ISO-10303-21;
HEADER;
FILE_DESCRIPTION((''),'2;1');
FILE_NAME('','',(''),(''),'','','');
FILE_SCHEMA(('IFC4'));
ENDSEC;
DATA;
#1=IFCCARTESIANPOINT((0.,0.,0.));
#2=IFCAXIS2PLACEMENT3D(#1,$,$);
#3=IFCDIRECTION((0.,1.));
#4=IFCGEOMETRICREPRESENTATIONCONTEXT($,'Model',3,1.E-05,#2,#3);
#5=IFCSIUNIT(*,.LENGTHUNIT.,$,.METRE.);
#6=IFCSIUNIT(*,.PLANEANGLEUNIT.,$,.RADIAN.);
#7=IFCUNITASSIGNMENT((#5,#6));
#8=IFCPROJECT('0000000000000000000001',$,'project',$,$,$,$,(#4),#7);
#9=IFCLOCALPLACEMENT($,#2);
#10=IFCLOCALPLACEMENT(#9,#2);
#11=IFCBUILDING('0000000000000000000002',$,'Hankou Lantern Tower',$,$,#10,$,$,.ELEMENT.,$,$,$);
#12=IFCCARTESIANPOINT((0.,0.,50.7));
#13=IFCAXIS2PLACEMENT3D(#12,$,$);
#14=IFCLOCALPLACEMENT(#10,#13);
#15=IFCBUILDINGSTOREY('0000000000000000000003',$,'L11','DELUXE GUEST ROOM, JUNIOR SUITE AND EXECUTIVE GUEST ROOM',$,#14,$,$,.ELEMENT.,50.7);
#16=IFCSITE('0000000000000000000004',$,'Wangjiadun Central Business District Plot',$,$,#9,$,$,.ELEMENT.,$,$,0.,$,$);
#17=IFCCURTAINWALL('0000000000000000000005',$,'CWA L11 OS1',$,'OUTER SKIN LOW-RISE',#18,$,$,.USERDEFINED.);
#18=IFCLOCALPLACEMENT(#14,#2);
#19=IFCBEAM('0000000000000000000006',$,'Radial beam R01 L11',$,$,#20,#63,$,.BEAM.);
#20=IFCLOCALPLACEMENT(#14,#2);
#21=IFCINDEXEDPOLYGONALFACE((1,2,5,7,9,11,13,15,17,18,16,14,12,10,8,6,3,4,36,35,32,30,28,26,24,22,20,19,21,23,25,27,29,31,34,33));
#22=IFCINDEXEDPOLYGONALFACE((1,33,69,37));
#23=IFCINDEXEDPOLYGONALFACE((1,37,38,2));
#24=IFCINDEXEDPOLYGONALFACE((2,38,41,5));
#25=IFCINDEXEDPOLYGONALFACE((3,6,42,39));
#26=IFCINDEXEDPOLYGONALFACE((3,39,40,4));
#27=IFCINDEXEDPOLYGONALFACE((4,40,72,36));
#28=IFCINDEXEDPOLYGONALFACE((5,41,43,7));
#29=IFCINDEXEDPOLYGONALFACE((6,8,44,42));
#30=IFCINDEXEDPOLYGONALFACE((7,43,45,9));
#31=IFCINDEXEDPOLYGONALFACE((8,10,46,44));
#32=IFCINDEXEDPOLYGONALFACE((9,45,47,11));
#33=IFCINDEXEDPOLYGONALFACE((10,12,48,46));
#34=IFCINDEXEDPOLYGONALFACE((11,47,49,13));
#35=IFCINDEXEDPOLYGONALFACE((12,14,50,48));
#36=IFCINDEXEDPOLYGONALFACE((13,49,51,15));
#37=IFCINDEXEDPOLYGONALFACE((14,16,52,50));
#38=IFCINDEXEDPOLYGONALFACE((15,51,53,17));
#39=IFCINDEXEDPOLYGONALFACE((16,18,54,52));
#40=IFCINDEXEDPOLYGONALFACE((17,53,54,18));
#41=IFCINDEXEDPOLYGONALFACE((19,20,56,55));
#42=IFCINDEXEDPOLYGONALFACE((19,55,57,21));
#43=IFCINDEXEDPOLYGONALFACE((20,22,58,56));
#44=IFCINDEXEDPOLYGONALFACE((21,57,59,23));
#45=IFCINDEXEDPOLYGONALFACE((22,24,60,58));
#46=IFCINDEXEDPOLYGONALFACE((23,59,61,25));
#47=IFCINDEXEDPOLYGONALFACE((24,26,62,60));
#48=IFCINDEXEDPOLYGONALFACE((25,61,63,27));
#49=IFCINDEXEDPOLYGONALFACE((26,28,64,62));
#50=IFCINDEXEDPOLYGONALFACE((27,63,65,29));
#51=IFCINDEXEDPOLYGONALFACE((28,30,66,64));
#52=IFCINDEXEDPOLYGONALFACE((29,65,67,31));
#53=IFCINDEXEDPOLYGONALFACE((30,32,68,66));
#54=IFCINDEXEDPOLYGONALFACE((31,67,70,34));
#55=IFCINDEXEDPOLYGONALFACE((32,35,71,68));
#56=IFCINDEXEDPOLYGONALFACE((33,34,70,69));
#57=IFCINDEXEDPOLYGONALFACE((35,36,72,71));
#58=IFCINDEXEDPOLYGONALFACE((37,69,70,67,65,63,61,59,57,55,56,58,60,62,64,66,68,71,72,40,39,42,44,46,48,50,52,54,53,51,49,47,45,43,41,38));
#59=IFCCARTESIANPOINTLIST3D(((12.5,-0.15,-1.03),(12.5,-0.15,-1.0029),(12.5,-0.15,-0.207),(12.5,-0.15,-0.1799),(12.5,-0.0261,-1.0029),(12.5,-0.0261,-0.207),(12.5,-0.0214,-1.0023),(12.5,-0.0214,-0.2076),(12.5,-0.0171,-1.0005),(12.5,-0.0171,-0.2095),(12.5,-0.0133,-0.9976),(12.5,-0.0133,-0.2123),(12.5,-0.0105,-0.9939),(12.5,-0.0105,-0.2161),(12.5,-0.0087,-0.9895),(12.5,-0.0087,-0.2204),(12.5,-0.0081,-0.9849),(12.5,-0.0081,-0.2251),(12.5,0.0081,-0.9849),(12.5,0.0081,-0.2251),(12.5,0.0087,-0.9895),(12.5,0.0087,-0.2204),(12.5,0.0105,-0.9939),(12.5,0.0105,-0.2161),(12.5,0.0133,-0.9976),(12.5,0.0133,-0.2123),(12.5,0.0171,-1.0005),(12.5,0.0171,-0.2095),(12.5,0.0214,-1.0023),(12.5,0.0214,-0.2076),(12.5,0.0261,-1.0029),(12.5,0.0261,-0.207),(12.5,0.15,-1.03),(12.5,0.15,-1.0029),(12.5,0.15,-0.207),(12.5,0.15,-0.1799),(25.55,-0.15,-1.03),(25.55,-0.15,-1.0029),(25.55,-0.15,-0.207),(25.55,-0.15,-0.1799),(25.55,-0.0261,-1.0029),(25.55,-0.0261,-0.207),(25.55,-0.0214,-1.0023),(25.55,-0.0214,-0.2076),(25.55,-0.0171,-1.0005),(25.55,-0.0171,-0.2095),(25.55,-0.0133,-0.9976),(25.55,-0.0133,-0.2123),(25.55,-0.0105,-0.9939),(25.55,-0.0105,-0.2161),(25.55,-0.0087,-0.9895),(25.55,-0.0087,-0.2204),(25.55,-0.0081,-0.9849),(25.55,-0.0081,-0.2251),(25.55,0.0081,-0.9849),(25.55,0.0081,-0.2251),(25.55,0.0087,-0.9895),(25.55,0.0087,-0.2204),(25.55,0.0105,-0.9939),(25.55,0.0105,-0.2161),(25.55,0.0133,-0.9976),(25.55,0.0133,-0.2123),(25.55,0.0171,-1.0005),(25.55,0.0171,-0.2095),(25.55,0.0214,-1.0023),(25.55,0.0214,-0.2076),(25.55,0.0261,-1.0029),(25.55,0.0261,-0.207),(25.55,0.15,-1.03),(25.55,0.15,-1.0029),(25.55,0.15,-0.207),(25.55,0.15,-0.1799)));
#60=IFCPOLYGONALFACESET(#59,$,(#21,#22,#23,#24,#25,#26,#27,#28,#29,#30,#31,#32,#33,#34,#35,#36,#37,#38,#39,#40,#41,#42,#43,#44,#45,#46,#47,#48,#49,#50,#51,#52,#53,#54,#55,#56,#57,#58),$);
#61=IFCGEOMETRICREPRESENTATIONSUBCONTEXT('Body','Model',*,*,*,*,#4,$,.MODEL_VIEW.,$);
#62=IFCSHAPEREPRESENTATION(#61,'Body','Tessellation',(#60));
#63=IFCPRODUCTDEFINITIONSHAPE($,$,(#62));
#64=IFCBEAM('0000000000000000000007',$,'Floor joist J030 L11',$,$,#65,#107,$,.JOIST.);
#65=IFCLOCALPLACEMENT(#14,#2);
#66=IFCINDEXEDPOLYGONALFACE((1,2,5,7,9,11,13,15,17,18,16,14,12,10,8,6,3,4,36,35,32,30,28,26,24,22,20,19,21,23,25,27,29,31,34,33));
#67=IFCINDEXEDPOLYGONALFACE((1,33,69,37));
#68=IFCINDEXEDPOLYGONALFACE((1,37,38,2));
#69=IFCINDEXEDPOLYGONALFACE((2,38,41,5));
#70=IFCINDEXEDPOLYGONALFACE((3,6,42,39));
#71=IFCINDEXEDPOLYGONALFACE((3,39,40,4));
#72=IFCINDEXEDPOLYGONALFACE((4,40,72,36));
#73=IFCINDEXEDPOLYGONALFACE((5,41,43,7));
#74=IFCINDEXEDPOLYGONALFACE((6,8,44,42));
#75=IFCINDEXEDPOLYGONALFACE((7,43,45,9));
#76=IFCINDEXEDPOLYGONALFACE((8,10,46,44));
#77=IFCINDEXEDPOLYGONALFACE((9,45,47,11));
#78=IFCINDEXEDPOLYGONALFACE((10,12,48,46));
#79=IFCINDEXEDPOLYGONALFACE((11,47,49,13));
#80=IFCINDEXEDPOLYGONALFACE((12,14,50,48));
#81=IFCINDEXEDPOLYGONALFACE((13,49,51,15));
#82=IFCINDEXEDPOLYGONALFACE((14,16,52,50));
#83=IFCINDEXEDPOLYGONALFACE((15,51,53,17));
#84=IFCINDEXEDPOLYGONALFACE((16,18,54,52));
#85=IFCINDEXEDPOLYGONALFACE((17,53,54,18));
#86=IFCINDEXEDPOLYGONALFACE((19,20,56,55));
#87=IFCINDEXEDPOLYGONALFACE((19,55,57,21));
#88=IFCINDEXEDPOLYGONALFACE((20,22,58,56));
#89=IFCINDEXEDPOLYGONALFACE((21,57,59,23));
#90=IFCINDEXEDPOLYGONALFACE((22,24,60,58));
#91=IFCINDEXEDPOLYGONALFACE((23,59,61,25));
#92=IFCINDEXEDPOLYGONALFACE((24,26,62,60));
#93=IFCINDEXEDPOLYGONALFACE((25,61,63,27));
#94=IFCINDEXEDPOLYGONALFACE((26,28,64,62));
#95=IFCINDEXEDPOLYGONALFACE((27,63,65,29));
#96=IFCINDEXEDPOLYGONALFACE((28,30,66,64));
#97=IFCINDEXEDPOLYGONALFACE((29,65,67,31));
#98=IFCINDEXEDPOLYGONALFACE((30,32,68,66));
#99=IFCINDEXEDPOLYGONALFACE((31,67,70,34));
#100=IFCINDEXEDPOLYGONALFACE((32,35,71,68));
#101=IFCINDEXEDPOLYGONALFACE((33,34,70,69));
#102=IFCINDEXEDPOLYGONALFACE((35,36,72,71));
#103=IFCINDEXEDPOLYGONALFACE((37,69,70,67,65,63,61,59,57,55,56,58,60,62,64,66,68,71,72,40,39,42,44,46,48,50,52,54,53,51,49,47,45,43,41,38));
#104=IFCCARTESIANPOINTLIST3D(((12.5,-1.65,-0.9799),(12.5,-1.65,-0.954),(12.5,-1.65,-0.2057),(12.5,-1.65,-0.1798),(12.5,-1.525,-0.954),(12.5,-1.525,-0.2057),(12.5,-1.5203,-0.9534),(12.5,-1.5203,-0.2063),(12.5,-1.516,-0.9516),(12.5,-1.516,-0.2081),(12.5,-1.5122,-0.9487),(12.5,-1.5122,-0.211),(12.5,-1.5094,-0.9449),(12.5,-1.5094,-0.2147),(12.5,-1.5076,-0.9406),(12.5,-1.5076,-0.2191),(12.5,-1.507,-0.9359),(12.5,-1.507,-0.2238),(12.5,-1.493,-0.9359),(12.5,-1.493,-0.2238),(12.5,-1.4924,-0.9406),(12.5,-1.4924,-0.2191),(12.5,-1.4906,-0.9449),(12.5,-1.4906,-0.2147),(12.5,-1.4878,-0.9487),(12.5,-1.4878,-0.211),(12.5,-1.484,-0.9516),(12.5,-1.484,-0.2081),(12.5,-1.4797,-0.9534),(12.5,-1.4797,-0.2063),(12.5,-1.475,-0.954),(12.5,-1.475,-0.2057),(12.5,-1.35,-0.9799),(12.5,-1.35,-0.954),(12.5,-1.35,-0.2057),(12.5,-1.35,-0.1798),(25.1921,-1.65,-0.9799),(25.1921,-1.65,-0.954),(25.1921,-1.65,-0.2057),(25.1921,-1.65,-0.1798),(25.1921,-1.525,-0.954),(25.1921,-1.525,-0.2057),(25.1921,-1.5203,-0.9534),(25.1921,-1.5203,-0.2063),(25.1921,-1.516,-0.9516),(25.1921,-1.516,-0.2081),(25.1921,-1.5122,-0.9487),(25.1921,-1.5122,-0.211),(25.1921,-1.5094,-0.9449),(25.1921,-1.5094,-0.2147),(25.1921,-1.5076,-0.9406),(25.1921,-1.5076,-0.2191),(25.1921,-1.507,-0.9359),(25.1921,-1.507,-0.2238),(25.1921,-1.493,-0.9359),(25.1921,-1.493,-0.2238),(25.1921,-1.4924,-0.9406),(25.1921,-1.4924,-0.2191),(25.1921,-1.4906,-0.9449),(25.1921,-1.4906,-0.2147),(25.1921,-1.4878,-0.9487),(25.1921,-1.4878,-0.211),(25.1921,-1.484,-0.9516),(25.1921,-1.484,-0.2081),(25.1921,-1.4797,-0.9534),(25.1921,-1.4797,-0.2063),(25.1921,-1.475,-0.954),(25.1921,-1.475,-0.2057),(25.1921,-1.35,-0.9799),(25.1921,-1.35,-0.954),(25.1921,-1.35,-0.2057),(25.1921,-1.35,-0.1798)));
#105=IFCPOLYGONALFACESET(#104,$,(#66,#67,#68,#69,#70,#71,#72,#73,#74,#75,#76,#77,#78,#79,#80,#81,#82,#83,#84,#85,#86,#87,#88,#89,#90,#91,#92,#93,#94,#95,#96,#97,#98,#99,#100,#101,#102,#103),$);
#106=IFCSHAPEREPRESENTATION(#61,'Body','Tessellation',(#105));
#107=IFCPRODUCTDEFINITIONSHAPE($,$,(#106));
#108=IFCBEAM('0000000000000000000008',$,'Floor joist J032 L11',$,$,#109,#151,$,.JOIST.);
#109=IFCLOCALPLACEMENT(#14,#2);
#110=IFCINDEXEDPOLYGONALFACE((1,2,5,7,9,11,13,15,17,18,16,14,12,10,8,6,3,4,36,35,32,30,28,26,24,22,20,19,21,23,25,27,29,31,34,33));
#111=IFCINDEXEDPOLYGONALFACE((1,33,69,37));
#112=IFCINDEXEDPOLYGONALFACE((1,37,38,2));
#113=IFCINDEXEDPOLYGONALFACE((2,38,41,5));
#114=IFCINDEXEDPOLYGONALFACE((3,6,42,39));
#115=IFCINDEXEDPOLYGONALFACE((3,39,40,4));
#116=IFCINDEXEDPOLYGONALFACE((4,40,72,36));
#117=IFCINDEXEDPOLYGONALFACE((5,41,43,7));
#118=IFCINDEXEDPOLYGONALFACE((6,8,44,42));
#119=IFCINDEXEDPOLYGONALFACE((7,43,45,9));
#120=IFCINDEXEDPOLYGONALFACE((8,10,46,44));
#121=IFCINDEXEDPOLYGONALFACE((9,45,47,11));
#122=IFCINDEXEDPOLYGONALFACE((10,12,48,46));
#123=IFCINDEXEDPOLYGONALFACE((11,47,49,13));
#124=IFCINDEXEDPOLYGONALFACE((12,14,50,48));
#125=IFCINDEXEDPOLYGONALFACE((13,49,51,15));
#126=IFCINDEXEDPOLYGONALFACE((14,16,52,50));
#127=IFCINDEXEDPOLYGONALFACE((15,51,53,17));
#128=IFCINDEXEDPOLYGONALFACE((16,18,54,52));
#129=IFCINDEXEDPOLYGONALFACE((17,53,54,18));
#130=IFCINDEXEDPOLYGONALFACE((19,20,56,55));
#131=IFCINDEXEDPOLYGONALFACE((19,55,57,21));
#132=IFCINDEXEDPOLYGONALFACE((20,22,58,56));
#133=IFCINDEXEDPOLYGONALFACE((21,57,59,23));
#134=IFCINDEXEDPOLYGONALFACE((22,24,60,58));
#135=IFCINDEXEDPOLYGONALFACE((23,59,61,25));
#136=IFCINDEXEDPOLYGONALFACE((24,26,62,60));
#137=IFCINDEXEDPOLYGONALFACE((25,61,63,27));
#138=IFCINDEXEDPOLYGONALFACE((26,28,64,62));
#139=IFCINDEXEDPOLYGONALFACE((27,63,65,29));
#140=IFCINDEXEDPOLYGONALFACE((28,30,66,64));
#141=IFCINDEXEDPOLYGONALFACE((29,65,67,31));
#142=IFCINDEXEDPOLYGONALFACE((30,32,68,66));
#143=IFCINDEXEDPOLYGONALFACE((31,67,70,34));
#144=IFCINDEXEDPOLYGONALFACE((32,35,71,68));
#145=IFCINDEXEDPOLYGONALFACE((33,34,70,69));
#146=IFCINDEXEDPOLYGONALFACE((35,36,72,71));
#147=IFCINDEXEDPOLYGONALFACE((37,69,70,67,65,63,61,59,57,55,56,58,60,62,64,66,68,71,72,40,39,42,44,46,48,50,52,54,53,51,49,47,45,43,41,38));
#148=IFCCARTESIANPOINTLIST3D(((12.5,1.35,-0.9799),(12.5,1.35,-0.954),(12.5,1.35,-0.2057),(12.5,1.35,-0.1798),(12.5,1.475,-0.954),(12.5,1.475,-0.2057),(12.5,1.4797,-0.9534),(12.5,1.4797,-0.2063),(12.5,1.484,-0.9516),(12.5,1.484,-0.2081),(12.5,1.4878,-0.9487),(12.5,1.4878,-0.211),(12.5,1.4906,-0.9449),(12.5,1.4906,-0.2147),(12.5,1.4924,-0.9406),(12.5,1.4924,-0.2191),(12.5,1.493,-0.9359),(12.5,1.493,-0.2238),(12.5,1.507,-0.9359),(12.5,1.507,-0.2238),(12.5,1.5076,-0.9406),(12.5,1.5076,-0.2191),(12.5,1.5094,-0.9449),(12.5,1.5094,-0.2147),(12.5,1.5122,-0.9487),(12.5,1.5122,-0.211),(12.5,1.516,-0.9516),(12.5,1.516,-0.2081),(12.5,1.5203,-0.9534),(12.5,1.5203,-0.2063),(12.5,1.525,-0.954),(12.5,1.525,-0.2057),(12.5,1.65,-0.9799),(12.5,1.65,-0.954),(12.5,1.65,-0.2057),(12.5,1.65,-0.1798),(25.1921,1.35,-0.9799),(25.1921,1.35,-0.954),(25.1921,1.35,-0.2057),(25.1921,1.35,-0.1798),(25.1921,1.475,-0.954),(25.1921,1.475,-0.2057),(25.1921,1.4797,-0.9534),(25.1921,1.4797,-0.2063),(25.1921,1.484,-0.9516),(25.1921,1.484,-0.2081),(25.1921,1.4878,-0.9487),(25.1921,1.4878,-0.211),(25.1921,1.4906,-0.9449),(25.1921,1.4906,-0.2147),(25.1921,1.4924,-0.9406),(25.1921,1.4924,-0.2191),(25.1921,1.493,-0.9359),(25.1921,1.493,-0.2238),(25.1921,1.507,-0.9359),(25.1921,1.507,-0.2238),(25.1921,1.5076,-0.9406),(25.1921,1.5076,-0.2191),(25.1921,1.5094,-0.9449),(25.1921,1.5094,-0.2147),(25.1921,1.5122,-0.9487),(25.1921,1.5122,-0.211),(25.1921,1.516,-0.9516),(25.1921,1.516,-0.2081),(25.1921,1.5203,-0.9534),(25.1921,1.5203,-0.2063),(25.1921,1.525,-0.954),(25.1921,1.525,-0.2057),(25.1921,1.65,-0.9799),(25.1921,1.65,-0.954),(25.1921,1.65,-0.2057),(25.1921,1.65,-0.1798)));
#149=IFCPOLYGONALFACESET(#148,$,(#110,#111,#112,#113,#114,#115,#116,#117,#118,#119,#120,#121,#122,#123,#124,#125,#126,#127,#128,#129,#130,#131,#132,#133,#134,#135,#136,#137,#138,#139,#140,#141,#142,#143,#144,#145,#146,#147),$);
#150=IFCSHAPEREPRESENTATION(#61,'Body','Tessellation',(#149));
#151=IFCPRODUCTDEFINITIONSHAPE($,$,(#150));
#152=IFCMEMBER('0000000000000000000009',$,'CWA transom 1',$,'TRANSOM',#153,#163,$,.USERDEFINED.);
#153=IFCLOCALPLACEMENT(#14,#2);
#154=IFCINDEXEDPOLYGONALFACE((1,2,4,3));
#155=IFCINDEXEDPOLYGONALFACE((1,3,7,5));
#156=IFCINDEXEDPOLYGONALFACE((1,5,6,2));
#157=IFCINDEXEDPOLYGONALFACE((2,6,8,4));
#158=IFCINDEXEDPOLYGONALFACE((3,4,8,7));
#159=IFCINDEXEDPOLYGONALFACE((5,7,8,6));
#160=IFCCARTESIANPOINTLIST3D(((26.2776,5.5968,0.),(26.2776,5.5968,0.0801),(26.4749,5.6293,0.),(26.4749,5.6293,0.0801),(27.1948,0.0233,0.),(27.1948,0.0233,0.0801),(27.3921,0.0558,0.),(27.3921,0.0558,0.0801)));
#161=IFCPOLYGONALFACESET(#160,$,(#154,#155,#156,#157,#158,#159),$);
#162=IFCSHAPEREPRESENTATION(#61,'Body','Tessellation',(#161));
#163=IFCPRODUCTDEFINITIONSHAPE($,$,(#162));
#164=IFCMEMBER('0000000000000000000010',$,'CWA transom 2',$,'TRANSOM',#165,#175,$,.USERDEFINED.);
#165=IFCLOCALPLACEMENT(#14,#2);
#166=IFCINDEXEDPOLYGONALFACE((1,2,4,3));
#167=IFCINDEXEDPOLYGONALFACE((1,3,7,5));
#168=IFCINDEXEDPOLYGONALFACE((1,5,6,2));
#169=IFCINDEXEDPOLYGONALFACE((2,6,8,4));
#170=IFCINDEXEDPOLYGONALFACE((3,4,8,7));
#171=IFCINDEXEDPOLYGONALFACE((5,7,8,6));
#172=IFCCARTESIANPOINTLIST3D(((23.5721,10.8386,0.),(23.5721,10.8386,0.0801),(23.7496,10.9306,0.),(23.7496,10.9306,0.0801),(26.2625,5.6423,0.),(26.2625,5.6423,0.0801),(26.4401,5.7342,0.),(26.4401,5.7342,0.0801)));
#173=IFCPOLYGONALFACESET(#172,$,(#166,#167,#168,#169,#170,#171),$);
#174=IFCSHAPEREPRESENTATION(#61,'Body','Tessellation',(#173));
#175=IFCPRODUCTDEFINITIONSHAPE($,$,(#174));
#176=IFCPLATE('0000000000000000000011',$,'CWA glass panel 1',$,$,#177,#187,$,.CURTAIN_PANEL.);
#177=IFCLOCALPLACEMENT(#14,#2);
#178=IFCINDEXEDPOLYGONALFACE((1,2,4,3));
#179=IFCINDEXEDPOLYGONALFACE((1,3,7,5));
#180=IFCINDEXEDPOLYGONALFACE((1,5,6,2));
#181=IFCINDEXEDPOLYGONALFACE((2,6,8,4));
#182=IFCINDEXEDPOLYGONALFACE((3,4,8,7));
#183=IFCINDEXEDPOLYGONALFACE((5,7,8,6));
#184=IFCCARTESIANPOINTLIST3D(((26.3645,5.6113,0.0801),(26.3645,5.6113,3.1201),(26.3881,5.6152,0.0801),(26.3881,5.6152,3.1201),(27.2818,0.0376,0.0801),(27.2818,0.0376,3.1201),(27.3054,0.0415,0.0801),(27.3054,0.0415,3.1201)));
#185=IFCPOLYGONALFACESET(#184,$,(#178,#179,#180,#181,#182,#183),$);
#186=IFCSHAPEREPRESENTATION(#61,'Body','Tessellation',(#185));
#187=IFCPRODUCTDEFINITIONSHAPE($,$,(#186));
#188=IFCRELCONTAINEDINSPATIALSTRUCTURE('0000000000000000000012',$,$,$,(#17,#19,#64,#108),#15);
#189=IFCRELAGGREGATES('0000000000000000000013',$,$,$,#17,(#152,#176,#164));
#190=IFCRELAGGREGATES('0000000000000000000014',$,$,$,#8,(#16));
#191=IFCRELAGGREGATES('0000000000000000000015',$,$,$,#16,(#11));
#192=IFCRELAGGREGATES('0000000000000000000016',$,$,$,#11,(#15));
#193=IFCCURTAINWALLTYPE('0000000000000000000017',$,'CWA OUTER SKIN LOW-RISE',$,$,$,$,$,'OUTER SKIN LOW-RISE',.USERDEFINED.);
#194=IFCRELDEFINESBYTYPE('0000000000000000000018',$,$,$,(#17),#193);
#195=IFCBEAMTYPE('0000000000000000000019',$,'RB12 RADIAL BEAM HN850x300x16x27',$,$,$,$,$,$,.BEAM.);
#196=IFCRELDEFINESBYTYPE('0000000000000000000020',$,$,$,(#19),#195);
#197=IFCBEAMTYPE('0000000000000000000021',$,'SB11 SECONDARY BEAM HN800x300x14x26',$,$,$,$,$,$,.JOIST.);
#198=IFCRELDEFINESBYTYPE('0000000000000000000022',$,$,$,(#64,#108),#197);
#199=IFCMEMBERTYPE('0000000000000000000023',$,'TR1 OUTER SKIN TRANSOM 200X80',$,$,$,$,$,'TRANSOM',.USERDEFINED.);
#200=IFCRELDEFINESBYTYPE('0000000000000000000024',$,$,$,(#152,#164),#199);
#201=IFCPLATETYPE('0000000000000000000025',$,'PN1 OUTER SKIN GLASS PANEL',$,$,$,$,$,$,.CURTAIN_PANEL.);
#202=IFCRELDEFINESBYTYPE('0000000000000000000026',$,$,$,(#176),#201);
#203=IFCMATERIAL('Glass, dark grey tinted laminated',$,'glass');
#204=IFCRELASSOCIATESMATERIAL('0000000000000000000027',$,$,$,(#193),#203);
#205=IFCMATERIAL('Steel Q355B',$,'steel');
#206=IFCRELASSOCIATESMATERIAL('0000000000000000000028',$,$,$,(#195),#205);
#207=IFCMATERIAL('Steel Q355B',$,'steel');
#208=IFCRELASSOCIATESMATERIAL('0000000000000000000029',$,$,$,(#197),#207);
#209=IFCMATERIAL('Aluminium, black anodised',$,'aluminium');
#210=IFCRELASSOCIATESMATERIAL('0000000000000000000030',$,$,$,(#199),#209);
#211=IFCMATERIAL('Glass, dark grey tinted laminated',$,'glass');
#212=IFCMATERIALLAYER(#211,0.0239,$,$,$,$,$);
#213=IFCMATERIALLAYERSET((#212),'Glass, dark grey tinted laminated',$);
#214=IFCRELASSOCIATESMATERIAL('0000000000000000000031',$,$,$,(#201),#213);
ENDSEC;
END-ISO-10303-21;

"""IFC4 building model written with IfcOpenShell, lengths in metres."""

from ifc_helpers import new_model, si_unit, direction, frame, origin, origin_2d, place, context, subcontext, project, spatial, rectangle, i_section, extrude, material, layer, layer_set, material_profile, profile_set, type_object, element, aggregate, save


model = new_model("IFC4")

# Units and contexts
model_context = context("Model", 3, precision=1e-05, world=origin(), true_north=direction((0.0, 1.0)))
body_context = subcontext(model_context, "Body", "Model", "MODEL_VIEW")
ifc_project = project(units=[si_unit("LENGTHUNIT", "METRE"), si_unit("PLANEANGLEUNIT", "RADIAN")], contexts=[model_context])

# Site, building, storey
site_placement = place(None, origin())
site = spatial("IfcSite", under=ifc_project, at=site_placement, Name="Wangjiadun Central Business District Plot", CompositionType="ELEMENT", RefElevation=0.0)
building_placement = place(site_placement, origin())
building = spatial("IfcBuilding", under=site, at=building_placement, Name="Hankou Lantern Tower", CompositionType="ELEMENT")
storey_placement = place(building_placement, frame((0.0, 0.0, 50.7)))
storey = spatial("IfcBuildingStorey", under=building, at=storey_placement, Name="L11", Description="DELUXE GUEST ROOM, JUNIOR SUITE AND EXECUTIVE GUEST ROOM", CompositionType="ELEMENT", Elevation=50.7)

# Curtain wall
ifc_material_1 = material(Name="Glass, dark grey tinted laminated", Category="glass")
curtain_wall_type = type_object("IfcCurtainWallType", Name="CWA OUTER SKIN LOW-RISE", ElementType="OUTER SKIN LOW-RISE", PredefinedType="USERDEFINED", material=ifc_material_1)
curtain_wall_1_placement = place(storey_placement, origin())
curtain_wall_1 = element("IfcCurtainWall", 1, at=curtain_wall_1_placement, inside=storey, type_object=curtain_wall_type, Name="CWA L11 OS1", ObjectType="OUTER SKIN LOW-RISE", PredefinedType="USERDEFINED")

# Beams
ifc_material_2 = material(Name="Steel Q355B", Category="steel")
ifc_material_profile_1 = material_profile(ifc_material_2, i_section(OverallWidth=0.3, OverallDepth=0.8501, WebThickness=0.0161, FlangeThickness=0.0271, FilletRadius=0.0181, at=origin_2d()), Name="HN850x300x16x27")
ifc_profile_set_1 = profile_set([ifc_material_profile_1], Name="Steel Q355B")
beam_type_1 = type_object("IfcBeamType", Name="RB12 RADIAL BEAM HN850x300x16x27", PredefinedType="BEAM", material=ifc_profile_set_1)
beam_1_placement = place(storey_placement, frame((12.5, 0.0, -0.605), z_axis=(1.0, 0.0, 0.0), x_axis=(0.0, 1.0, 0.0)))
element("IfcBeam", 2, at=beam_1_placement, inside=storey, type_object=beam_type_1, Name="Radial beam R01 L11", PredefinedType="BEAM", context=body_context, shape_type="SweptSolid", body=[
    extrude(i_section(OverallWidth=0.3, OverallDepth=0.8501, WebThickness=0.0161, FlangeThickness=0.0271, FilletRadius=0.0181, at=origin_2d()), origin(), (0.0, 0.0, 1.0), 13.05),
])
ifc_material_3 = material(Name="Steel Q355B", Category="steel")
ifc_material_profile_2 = material_profile(ifc_material_3, i_section(OverallWidth=0.3, OverallDepth=0.8, WebThickness=0.0139, FlangeThickness=0.0259, FilletRadius=0.0181, at=origin_2d()), Name="HN800x300x14x26")
ifc_profile_set_2 = profile_set([ifc_material_profile_2], Name="Steel Q355B")
beam_type_2 = type_object("IfcBeamType", Name="SB11 SECONDARY BEAM HN800x300x14x26", PredefinedType="JOIST", material=ifc_profile_set_2)
for number, where, z_axis, x_axis, name in (
    (3, (12.5, -1.5, -0.5798), (1.0, 0.0, 0.0), (0.0, 1.0, 0.0), "Floor joist J030 L11"),
    (4, (12.5, 1.5, -0.5798), (1.0, 0.0, 0.0), (0.0, 1.0, 0.0), "Floor joist J032 L11"),
):
    element("IfcBeam", number, at=place(storey_placement, frame(where, z_axis=z_axis, x_axis=x_axis)), inside=storey, type_object=beam_type_2, Name=name, PredefinedType="JOIST", context=body_context, shape_type="SweptSolid", body=[
        extrude(i_section(OverallWidth=0.3, OverallDepth=0.8, WebThickness=0.0139, FlangeThickness=0.0259, FilletRadius=0.0181, at=origin_2d()), origin(), (0.0, 0.0, 1.0), 12.6921),
    ])

# Members
ifc_material_4 = material(Name="Aluminium, black anodised", Category="aluminium")
ifc_material_profile_3 = material_profile(ifc_material_4, rectangle(XDim=0.2, YDim=0.0801, at=origin_2d()), Name="TR1 200X80")
ifc_profile_set_3 = profile_set([ifc_material_profile_3], Name="Aluminium, black anodised")
member_type_1 = type_object("IfcMemberType", Name="TR1 OUTER SKIN TRANSOM 200X80", ElementType="TRANSOM", PredefinedType="USERDEFINED", material=ifc_profile_set_3)
member_1_placement = place(storey_placement, frame((27.2935, 0.0396, 0.04), z_axis=(-0.162387, 0.986727, 0.0), x_axis=(-0.986727, -0.162387, 0.0)))
member_1 = element("IfcMember", 5, at=member_1_placement, type_object=member_type_1, Name="CWA transom 1", ObjectType="TRANSOM", PredefinedType="USERDEFINED", context=body_context, shape_type="SweptSolid", body=[
    extrude(rectangle(XDim=0.2, YDim=0.0801, at=origin_2d()), origin(), (0.0, 0.0, 1.0), 5.6484),
])
member_2_placement = place(storey_placement, frame((26.3513, 5.6882, 0.04), z_axis=(-0.459786, 0.88803, 0.0), x_axis=(-0.88803, -0.459786, 0.0)))
member_2 = element("IfcMember", 6, at=member_2_placement, type_object=member_type_1, Name="CWA transom 2", ObjectType="TRANSOM", PredefinedType="USERDEFINED", context=body_context, shape_type="SweptSolid", body=[
    extrude(rectangle(XDim=0.2, YDim=0.0801, at=origin_2d()), origin(), (0.0, 0.0, 1.0), 5.8516),
])

# Plate
ifc_material_5 = material(Name="Glass, dark grey tinted laminated", Category="glass")
ifc_layer_1 = layer(ifc_material_5, 0.0239)
ifc_layer_set_1 = layer_set([ifc_layer_1], Name="Glass, dark grey tinted laminated")
plate_type = type_object("IfcPlateType", Name="PN1 OUTER SKIN GLASS PANEL", PredefinedType="CURTAIN_PANEL", material=ifc_layer_set_1)
plate_1_placement = place(storey_placement, frame((26.835, 2.8264, 0.0801), z_axis=(0.0, 0.0, 1.0), x_axis=(-0.162382, 0.986728, 0.0)))
plate_1 = element("IfcPlate", 7, at=plate_1_placement, type_object=plate_type, Name="CWA glass panel 1", PredefinedType="CURTAIN_PANEL", context=body_context, shape_type="SweptSolid", body=[
    extrude(rectangle(XDim=5.6487, YDim=0.0239, at=origin_2d()), origin(), (0.0, 0.0, 1.0), 3.04),
])
aggregate(curtain_wall_1, [member_1, plate_1, member_2])

save(model, "model.ifc")
